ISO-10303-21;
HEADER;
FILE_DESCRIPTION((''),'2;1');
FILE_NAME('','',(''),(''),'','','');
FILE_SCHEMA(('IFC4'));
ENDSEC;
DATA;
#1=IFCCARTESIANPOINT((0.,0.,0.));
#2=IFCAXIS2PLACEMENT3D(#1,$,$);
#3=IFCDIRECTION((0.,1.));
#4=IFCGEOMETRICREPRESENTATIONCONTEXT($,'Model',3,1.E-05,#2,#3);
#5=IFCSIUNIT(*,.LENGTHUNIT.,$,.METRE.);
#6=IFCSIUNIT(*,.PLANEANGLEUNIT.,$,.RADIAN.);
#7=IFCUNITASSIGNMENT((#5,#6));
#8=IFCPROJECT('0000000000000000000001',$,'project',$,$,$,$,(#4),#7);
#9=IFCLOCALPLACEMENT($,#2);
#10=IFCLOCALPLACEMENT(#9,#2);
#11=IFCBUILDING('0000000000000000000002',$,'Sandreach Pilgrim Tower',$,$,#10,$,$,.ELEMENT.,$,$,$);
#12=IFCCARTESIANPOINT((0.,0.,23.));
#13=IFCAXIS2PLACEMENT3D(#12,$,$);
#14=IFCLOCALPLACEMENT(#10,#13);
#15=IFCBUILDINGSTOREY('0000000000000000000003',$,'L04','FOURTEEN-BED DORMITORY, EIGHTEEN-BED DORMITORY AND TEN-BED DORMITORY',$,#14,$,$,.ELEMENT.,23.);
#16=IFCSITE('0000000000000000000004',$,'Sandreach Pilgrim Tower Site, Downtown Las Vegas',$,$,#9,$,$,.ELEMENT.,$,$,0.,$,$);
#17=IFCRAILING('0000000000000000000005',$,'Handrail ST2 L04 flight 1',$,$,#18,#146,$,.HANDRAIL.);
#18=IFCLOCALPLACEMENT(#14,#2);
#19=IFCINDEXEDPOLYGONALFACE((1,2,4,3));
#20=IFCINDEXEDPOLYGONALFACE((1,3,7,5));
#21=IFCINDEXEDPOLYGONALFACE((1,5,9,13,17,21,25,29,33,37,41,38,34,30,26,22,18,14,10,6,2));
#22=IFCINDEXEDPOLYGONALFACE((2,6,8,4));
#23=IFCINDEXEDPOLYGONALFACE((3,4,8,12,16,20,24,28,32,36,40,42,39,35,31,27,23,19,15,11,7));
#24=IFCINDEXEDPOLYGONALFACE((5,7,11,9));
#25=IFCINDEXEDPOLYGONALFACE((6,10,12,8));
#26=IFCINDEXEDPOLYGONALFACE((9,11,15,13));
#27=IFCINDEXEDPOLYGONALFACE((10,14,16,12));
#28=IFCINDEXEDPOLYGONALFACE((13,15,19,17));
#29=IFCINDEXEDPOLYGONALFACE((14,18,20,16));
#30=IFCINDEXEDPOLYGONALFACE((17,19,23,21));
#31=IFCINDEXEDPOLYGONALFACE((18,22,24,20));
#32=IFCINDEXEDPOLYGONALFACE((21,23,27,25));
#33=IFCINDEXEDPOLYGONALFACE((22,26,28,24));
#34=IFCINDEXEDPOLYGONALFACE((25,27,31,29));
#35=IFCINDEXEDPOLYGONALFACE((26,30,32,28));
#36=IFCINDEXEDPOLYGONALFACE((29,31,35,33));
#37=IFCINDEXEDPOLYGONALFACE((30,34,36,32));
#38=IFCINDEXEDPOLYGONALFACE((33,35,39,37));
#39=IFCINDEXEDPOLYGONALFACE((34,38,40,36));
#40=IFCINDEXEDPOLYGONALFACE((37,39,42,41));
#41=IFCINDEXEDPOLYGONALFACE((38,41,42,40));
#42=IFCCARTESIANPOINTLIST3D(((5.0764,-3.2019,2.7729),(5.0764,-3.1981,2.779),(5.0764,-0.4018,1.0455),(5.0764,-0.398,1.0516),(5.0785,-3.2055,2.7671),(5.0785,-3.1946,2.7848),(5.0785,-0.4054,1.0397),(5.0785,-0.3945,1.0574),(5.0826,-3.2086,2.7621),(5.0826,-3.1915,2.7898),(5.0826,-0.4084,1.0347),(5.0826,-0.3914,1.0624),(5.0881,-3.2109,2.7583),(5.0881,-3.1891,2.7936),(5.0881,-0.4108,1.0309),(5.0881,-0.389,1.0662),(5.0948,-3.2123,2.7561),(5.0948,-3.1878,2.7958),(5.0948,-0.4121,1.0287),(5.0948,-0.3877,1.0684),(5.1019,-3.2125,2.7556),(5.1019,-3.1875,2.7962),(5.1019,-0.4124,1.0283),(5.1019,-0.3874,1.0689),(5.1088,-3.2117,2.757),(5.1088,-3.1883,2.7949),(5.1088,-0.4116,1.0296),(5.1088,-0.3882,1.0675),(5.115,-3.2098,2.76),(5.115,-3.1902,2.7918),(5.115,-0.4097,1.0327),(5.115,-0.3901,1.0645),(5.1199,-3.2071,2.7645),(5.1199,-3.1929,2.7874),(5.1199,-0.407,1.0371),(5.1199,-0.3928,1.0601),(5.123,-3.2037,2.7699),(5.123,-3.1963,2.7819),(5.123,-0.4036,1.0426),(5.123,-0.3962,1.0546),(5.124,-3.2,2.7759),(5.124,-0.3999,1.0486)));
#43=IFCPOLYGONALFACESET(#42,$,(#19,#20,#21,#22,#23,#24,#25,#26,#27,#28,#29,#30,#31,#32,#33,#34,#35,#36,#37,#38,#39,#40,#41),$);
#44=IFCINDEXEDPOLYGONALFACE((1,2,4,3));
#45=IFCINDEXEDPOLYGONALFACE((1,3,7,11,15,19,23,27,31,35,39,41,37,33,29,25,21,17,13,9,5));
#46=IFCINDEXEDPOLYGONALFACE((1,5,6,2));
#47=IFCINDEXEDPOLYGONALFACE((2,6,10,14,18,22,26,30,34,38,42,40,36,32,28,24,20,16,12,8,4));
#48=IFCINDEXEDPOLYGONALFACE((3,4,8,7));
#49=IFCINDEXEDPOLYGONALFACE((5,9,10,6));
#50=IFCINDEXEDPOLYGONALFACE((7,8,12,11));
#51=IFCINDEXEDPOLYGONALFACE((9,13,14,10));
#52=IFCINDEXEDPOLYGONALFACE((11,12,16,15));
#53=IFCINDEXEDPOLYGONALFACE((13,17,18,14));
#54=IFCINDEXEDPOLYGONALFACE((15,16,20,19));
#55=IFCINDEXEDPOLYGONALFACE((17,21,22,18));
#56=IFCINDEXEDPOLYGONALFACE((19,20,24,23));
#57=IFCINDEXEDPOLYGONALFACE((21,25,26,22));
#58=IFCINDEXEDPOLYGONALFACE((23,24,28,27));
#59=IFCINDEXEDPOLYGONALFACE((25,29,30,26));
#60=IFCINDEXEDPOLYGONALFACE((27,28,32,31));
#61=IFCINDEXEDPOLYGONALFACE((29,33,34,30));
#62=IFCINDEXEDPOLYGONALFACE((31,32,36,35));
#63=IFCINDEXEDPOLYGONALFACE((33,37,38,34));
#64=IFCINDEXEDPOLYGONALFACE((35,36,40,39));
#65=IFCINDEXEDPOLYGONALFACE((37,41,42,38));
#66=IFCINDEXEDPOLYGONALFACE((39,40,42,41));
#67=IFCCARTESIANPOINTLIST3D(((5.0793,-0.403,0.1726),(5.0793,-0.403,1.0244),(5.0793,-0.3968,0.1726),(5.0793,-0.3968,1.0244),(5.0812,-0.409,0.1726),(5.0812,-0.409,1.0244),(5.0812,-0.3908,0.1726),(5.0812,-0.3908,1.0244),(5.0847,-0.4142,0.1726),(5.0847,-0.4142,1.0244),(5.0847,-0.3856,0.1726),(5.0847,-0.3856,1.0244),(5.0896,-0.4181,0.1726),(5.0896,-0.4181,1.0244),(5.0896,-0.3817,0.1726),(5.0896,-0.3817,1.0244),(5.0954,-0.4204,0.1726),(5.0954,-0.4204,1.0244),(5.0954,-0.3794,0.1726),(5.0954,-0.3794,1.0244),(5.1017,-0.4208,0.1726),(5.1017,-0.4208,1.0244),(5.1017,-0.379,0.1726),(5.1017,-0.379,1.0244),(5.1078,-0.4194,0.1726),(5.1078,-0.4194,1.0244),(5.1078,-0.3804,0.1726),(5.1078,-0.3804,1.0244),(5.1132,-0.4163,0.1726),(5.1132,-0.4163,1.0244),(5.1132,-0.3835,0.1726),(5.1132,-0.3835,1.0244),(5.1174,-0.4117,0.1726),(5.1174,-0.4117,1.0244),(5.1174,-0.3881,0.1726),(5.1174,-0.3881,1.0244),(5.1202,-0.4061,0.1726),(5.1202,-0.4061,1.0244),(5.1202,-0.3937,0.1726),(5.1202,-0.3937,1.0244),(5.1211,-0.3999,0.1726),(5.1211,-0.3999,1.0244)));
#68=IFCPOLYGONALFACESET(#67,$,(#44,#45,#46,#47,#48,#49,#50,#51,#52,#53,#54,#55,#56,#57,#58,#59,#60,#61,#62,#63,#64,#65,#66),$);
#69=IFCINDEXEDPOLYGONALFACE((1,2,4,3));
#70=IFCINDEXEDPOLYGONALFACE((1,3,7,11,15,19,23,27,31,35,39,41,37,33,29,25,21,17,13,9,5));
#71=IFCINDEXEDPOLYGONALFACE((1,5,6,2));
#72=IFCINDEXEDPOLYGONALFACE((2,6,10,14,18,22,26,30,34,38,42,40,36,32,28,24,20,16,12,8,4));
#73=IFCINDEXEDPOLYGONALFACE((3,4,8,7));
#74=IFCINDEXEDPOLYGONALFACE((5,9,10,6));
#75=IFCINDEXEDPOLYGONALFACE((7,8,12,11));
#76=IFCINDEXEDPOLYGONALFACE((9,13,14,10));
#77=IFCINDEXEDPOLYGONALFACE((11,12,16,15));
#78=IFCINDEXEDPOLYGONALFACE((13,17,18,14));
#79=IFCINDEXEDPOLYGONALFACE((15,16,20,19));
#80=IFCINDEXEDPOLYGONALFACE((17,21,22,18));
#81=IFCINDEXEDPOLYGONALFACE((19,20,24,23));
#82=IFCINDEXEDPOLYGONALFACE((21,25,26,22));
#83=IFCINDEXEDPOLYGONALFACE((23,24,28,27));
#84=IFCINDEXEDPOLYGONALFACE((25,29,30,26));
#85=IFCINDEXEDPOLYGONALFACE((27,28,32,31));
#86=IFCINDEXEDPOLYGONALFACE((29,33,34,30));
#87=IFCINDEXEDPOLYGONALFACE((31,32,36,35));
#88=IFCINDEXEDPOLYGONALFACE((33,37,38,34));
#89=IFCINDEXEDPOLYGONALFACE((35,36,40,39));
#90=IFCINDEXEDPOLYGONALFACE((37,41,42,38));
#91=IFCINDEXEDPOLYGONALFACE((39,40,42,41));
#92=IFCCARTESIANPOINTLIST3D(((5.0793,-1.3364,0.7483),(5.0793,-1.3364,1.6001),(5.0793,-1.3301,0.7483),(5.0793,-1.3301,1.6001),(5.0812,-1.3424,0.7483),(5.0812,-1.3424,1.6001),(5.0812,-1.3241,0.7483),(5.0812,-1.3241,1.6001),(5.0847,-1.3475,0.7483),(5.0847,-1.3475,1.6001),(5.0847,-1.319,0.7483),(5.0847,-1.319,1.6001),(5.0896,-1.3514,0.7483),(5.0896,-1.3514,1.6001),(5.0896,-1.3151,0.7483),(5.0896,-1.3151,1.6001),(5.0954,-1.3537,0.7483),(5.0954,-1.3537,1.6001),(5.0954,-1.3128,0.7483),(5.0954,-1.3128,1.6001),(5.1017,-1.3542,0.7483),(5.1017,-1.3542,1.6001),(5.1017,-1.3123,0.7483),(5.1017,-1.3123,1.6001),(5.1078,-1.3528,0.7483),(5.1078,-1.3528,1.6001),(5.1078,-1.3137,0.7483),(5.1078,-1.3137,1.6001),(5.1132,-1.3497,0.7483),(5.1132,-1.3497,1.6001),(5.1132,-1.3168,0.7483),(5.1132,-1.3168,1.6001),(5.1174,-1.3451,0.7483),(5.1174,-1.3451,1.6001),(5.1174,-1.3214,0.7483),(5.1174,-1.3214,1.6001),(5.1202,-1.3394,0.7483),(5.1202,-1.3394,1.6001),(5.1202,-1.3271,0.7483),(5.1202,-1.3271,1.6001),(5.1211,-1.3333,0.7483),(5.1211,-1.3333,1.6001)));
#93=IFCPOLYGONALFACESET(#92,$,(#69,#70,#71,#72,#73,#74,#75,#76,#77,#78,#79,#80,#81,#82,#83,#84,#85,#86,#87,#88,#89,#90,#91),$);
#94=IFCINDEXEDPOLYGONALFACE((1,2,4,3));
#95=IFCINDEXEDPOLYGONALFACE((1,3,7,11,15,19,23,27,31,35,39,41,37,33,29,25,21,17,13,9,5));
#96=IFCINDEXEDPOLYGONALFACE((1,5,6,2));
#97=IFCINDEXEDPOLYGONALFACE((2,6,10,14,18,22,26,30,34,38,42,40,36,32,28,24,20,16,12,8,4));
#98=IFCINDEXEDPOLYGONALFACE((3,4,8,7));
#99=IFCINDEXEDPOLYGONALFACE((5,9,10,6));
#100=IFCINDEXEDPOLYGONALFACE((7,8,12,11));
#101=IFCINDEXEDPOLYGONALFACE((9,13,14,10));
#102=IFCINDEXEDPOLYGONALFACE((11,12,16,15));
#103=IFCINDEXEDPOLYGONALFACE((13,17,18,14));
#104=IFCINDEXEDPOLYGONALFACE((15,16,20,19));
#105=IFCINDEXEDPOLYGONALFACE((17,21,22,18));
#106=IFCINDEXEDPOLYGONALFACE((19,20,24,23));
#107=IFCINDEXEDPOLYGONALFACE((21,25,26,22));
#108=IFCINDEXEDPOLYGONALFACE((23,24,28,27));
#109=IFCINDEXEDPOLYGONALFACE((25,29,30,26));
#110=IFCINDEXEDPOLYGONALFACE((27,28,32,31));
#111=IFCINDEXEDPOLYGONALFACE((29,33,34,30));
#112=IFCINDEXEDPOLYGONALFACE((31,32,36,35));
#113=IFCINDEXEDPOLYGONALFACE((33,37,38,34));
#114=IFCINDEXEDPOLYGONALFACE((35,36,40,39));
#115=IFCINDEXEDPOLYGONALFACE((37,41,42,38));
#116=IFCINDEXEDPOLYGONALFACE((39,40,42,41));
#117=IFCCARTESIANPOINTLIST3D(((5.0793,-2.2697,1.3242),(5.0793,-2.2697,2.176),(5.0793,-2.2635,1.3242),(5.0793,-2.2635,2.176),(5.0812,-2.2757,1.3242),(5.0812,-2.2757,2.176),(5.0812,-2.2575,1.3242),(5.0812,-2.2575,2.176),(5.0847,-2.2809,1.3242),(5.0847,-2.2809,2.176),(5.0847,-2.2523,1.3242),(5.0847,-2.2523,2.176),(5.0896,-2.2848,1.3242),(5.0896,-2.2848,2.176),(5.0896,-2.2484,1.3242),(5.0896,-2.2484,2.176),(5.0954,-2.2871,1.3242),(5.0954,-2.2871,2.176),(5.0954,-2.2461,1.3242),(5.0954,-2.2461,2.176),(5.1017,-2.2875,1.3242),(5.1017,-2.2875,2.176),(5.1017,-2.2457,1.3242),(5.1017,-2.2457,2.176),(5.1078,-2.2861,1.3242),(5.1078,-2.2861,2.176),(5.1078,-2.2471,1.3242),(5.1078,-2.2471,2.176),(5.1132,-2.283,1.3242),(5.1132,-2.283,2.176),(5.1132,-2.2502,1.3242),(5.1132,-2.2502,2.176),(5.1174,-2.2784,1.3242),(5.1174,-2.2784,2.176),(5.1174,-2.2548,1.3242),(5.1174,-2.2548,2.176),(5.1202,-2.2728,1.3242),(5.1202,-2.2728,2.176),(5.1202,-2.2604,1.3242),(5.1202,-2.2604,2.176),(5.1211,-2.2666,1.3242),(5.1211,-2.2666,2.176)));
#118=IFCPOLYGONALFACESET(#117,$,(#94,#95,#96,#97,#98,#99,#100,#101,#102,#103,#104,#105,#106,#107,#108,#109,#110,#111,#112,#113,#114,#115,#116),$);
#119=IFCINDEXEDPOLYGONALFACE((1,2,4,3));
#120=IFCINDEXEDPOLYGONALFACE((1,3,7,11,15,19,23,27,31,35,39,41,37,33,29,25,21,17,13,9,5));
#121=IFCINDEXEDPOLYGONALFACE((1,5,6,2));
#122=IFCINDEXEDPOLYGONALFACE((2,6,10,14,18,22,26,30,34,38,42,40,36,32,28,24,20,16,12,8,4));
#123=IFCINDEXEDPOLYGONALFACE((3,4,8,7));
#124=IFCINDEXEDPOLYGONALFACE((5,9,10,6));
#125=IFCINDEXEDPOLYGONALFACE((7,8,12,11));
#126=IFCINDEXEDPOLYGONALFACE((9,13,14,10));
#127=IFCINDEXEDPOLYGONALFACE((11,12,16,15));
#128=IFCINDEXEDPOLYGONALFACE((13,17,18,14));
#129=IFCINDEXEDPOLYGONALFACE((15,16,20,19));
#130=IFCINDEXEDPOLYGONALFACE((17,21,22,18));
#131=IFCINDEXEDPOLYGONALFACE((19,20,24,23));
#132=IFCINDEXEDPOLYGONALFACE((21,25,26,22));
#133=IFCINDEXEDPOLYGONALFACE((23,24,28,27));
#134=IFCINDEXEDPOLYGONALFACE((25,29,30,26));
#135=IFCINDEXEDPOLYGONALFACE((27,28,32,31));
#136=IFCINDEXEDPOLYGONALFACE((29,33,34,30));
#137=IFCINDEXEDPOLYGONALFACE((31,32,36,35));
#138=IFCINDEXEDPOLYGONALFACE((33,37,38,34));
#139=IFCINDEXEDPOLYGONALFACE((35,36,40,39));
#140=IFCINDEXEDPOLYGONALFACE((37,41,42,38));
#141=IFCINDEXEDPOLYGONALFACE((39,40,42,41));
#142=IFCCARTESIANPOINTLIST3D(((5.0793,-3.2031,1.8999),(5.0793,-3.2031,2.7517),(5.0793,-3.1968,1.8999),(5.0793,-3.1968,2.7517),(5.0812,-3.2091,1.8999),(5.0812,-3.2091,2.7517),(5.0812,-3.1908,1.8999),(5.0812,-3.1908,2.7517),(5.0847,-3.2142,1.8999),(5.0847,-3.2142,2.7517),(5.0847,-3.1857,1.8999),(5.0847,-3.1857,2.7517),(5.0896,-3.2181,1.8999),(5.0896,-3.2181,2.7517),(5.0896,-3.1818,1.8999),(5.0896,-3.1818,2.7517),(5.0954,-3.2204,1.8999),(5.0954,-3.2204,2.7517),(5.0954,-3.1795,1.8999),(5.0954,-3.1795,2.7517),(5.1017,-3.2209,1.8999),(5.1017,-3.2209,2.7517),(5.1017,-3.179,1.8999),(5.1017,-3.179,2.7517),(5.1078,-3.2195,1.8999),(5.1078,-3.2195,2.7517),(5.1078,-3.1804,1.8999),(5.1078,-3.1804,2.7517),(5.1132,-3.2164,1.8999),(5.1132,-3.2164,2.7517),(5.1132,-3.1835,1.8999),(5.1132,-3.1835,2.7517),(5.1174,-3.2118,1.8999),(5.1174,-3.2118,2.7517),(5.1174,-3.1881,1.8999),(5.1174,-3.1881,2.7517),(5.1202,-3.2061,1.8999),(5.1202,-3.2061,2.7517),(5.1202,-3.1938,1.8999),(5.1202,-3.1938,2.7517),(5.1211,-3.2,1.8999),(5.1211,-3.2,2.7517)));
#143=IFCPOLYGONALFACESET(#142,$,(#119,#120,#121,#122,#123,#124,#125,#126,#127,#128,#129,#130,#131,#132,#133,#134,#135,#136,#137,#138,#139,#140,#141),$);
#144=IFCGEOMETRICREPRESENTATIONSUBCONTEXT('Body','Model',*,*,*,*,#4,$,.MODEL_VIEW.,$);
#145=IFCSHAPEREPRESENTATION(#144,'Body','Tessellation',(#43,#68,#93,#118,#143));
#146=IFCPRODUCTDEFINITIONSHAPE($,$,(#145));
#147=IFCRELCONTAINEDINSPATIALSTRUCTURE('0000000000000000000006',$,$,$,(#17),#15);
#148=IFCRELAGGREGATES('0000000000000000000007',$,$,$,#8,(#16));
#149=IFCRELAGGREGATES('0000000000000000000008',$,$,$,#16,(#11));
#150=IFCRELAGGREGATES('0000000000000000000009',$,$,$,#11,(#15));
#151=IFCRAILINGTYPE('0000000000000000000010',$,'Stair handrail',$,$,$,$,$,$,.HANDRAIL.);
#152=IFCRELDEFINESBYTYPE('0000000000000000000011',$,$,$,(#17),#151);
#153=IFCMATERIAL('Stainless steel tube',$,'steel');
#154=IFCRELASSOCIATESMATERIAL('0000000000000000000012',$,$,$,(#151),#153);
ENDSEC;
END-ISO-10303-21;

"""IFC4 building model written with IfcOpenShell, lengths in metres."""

from ifc_helpers import new_model, si_unit, direction, frame, origin, origin_2d, place, context, subcontext, project, spatial, circle, extrude, material, type_object, element, save


model = new_model("IFC4")

# Units and contexts
model_context = context("Model", 3, precision=1e-05, world=origin(), true_north=direction((0.0, 1.0)))
body_context = subcontext(model_context, "Body", "Model", "MODEL_VIEW")
ifc_project = project(units=[si_unit("LENGTHUNIT", "METRE"), si_unit("PLANEANGLEUNIT", "RADIAN")], contexts=[model_context])

# Site, building, storey
site_placement = place(None, origin())
site = spatial("IfcSite", under=ifc_project, at=site_placement, Name="Sandreach Pilgrim Tower Site, Downtown Las Vegas", CompositionType="ELEMENT", RefElevation=0.0)
building_placement = place(site_placement, origin())
building = spatial("IfcBuilding", under=site, at=building_placement, Name="Sandreach Pilgrim Tower", CompositionType="ELEMENT")
storey_placement = place(building_placement, frame((0.0, 0.0, 23.0)))
storey = spatial("IfcBuildingStorey", under=building, at=storey_placement, Name="L04", Description="FOURTEEN-BED DORMITORY, EIGHTEEN-BED DORMITORY AND TEN-BED DORMITORY", CompositionType="ELEMENT", Elevation=23.0)

# Railing
ifc_material_1 = material(Name="Stainless steel tube", Category="steel")
railing_type = type_object("IfcRailingType", Name="Stair handrail", PredefinedType="HANDRAIL", material=ifc_material_1)
for number, where, name in (
    (1, (5.1001, -0.3999, 0.1726), "Handrail ST2 L04 flight 1"),
):
    element("IfcRailing", number, at=place(storey_placement, frame(where)), inside=storey, type_object=railing_type, Name=name, PredefinedType="HANDRAIL", context=body_context, shape_type="SweptSolid", body=[
        extrude(circle(Radius=0.0239, at=origin_2d()), frame((0.0, 0.0, 0.876), z_axis=(0.0, -0.85109, 0.52502), x_axis=(1.0, 0.0, 0.0)), (0.0, 0.0, 1.0), 3.29),
        extrude(circle(Radius=0.021, at=origin_2d()), origin(), (0.0, 0.0, 1.0), 0.8518),
        extrude(circle(Radius=0.021, at=origin_2d()), frame((0.0, -0.9333, 0.5757)), (0.0, 0.0, 1.0), 0.8518),
        extrude(circle(Radius=0.021, at=origin_2d()), frame((0.0, -1.8667, 1.1516)), (0.0, 0.0, 1.0), 0.8518),
        extrude(circle(Radius=0.021, at=origin_2d()), frame((0.0, -2.8, 1.7273)), (0.0, 0.0, 1.0), 0.8518),
    ])

save(model, "model.ifc")
